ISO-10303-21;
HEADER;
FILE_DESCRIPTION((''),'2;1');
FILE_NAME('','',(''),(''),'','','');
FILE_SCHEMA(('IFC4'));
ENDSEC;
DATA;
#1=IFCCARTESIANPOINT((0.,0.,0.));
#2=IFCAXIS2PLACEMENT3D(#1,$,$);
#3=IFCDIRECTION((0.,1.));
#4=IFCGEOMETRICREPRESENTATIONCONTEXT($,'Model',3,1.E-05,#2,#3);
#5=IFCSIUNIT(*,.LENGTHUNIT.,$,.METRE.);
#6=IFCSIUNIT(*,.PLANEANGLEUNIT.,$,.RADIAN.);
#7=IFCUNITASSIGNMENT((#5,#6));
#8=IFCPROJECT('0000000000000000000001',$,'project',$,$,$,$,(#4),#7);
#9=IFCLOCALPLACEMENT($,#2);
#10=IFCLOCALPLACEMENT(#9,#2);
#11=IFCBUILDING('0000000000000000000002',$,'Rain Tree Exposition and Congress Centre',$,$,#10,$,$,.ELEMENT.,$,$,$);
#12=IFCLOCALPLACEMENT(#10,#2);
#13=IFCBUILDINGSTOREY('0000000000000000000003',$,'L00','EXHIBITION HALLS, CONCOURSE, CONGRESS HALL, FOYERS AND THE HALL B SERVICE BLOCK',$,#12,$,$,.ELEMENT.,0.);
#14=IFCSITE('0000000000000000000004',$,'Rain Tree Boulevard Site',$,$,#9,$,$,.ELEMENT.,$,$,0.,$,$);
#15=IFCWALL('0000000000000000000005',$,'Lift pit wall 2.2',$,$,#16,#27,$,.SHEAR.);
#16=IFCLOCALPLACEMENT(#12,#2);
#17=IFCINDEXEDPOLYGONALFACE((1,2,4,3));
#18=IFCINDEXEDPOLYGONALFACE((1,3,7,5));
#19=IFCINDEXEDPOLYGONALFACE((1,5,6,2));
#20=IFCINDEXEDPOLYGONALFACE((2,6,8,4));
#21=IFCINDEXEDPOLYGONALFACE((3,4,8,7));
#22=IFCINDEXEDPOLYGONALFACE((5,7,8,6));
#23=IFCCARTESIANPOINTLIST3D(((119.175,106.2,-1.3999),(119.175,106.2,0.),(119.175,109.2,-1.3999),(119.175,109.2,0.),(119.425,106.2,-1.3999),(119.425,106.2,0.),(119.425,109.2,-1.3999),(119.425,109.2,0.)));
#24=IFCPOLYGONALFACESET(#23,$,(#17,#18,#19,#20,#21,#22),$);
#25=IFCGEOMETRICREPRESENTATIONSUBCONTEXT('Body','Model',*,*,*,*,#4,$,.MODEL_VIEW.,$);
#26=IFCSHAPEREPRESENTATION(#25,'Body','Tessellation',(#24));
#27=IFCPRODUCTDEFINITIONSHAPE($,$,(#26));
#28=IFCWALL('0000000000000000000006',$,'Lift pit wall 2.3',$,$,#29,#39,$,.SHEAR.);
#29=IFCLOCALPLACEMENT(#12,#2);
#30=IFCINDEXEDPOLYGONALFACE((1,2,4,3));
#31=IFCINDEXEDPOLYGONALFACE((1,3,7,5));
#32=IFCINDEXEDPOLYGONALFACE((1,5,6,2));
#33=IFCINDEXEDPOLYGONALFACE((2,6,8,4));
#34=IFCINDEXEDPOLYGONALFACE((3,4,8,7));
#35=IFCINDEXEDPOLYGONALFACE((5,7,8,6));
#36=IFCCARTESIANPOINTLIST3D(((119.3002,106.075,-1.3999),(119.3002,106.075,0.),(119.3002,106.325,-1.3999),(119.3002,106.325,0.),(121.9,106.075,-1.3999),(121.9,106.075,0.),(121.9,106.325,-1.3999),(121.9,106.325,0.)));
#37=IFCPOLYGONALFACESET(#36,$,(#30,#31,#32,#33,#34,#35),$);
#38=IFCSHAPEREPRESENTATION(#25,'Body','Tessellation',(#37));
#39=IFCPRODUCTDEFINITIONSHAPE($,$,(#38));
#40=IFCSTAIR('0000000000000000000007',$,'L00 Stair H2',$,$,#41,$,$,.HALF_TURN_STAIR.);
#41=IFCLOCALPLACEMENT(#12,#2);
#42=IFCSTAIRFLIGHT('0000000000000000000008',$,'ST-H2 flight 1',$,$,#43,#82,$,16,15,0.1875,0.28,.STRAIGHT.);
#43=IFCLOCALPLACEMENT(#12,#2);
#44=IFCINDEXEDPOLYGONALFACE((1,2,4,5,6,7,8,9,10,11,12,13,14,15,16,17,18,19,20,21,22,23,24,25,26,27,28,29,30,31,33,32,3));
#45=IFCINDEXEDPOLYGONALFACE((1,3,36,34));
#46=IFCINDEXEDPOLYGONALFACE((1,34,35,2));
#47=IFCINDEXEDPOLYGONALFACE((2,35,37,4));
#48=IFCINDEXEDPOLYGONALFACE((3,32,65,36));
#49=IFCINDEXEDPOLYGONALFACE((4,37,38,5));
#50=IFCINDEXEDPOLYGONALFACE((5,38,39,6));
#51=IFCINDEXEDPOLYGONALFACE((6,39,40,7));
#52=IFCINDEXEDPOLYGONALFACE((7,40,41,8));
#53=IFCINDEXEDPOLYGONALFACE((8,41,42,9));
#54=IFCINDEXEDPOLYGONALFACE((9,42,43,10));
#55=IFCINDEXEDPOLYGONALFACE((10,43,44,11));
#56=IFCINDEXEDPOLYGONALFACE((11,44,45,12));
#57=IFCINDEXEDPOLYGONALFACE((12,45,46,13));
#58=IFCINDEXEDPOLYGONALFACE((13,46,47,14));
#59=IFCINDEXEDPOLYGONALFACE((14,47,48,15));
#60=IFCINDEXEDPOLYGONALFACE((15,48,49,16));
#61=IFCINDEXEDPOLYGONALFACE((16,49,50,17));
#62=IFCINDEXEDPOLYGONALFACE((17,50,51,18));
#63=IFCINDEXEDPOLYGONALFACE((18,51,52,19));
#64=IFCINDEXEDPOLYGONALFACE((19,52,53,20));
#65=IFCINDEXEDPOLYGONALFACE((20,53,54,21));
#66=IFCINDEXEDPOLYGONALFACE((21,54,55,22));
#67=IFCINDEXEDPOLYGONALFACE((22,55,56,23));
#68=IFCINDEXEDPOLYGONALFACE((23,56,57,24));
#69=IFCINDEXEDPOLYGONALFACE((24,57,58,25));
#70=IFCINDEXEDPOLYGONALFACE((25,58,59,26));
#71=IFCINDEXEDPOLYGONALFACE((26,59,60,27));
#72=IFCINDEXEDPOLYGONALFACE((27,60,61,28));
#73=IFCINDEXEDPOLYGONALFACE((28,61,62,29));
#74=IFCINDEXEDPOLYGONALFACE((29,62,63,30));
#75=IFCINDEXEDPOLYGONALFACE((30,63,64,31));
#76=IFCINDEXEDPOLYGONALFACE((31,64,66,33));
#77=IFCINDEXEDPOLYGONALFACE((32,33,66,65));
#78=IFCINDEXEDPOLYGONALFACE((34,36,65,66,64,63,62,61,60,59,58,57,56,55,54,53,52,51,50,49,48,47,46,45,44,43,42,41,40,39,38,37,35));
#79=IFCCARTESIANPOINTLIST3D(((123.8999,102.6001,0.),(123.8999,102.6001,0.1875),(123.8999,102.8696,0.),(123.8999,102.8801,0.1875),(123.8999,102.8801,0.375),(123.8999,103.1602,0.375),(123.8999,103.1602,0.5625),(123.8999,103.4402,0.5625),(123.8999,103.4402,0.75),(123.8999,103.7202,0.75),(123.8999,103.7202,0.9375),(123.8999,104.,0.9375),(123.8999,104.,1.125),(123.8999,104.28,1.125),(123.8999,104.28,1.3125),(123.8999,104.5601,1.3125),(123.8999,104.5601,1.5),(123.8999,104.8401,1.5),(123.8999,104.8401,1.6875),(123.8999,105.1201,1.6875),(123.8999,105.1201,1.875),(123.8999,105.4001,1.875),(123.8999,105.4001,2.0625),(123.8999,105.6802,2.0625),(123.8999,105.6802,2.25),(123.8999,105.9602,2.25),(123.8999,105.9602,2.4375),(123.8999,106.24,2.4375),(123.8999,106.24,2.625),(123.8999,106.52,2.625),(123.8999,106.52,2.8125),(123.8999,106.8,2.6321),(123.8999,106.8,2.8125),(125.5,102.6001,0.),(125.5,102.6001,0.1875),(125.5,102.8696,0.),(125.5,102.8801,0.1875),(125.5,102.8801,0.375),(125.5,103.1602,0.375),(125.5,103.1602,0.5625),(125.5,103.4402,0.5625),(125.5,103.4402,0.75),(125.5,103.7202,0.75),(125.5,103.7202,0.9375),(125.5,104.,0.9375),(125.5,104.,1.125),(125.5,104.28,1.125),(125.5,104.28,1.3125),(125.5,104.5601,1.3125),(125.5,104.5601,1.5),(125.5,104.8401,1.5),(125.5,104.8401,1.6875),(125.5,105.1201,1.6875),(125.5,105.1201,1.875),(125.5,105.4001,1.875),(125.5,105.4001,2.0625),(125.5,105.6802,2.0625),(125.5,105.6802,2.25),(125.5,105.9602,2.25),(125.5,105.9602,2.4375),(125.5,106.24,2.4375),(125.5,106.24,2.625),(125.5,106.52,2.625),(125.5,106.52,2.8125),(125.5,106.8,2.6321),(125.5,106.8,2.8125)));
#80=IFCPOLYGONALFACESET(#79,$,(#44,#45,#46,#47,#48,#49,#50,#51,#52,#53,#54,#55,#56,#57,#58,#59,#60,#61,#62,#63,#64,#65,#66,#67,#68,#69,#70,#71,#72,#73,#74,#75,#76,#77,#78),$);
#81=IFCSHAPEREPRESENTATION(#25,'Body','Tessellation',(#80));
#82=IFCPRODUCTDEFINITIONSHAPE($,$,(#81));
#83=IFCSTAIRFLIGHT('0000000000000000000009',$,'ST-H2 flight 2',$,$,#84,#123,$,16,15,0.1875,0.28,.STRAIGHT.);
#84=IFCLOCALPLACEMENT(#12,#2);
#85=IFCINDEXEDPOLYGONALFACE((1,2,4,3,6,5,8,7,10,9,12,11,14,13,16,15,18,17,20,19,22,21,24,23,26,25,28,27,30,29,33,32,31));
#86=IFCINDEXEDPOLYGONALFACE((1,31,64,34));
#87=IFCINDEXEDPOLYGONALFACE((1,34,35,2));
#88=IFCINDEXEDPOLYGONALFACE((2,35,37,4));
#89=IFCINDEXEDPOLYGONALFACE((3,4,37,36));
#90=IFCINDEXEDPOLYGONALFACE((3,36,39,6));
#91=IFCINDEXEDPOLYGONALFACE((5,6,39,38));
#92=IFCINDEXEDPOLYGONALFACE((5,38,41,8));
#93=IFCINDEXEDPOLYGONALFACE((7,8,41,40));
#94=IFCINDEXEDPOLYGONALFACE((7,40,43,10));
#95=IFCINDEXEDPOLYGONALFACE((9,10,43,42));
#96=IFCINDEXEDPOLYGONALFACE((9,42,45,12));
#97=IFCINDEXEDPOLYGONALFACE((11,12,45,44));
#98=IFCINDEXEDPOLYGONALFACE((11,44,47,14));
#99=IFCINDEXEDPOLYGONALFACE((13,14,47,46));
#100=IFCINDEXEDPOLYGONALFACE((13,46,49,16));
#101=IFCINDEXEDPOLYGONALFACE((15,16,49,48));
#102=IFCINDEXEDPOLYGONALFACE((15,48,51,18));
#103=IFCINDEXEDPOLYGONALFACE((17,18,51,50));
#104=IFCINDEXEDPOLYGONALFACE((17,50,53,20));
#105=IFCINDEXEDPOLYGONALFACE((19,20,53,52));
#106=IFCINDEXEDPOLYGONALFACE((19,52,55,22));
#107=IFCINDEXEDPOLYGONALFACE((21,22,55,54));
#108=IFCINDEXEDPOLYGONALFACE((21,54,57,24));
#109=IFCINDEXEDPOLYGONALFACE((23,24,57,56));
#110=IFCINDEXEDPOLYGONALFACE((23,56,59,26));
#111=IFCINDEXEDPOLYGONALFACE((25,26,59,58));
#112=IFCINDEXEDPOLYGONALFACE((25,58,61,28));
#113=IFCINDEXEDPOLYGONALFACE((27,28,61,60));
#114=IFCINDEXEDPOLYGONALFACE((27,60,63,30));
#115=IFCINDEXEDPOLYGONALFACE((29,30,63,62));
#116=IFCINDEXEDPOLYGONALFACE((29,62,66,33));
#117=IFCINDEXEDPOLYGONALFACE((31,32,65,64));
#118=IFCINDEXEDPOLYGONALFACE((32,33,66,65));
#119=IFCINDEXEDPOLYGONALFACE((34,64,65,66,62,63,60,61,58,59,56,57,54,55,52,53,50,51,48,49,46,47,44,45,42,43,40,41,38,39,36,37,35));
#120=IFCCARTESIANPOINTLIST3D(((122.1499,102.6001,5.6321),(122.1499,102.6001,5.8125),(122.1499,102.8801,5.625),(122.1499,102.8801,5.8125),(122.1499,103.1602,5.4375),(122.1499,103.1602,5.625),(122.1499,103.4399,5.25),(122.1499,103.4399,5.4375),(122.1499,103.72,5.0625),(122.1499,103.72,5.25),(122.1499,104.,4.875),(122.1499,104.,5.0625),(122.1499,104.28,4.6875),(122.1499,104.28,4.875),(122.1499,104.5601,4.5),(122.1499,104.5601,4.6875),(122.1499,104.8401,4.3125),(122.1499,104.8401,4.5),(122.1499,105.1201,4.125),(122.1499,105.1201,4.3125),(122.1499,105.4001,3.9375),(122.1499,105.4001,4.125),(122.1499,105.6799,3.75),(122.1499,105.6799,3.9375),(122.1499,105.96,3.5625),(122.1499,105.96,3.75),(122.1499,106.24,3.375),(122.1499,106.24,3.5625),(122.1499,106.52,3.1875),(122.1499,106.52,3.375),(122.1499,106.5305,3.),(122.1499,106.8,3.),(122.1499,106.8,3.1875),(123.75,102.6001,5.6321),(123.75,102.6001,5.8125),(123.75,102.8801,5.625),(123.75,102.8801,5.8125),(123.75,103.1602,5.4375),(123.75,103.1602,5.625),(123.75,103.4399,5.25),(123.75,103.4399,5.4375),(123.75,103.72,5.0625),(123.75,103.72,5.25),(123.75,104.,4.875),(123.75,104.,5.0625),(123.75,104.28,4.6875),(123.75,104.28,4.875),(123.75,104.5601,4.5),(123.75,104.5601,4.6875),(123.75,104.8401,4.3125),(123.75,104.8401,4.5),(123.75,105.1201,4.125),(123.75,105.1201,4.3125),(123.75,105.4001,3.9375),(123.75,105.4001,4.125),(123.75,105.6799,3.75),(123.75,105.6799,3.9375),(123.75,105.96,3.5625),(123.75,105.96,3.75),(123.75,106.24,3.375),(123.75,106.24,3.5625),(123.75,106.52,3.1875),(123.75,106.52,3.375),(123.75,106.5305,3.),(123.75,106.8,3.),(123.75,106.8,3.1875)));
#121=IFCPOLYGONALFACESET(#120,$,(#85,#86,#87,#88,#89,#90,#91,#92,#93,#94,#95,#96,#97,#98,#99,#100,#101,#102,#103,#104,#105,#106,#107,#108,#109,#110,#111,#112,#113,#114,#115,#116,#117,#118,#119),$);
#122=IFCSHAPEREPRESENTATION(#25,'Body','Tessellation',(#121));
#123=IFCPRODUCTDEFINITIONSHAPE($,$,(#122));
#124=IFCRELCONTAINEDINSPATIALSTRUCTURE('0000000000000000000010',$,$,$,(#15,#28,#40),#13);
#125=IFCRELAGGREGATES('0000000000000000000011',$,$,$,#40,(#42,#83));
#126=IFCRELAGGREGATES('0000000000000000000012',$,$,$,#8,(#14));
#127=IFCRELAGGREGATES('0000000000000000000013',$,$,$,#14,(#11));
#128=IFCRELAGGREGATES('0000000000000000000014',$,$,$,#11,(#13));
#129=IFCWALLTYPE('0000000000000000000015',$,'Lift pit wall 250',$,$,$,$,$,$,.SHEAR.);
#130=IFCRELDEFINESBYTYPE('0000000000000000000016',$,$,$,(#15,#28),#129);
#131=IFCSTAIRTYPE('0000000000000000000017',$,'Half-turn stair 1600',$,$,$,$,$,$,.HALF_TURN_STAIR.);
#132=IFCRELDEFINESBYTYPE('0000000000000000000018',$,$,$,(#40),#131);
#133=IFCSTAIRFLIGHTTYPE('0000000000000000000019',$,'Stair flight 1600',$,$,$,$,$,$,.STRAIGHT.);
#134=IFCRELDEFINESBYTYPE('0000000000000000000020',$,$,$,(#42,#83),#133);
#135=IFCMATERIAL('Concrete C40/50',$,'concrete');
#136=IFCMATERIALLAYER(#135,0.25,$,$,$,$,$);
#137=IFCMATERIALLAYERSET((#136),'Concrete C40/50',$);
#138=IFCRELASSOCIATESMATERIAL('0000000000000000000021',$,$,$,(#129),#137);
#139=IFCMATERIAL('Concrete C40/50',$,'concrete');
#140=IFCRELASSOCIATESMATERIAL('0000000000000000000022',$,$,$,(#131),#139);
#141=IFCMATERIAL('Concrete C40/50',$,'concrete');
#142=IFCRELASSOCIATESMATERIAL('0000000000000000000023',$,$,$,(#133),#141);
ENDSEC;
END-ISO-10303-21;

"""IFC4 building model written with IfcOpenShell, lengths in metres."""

from ifc_helpers import new_model, si_unit, direction, frame, frame_2d, origin, place, context, subcontext, project, spatial, polyline, rectangle, outline, extrude, material, layer, layer_set, type_object, element, aggregate, save


model = new_model("IFC4")

# Units and contexts
model_context = context("Model", 3, precision=1e-05, world=origin(), true_north=direction((0.0, 1.0)))
body_context = subcontext(model_context, "Body", "Model", "MODEL_VIEW")
ifc_project = project(units=[si_unit("LENGTHUNIT", "METRE"), si_unit("PLANEANGLEUNIT", "RADIAN")], contexts=[model_context])

# Site, building, storey
site_placement = place(None, origin())
site = spatial("IfcSite", under=ifc_project, at=site_placement, Name="Rain Tree Boulevard Site", CompositionType="ELEMENT", RefElevation=0.0)
building_placement = place(site_placement, origin())
building = spatial("IfcBuilding", under=site, at=building_placement, Name="Rain Tree Exposition and Congress Centre", CompositionType="ELEMENT")
storey_placement = place(building_placement, origin())
storey = spatial("IfcBuildingStorey", under=building, at=storey_placement, Name="L00", Description="EXHIBITION HALLS, CONCOURSE, CONGRESS HALL, FOYERS AND THE HALL B SERVICE BLOCK", CompositionType="ELEMENT", Elevation=0.0)

# Walls
ifc_material_1 = material(Name="Concrete C40/50", Category="concrete")
ifc_layer_1 = layer(ifc_material_1, 0.25)
ifc_layer_set_1 = layer_set([ifc_layer_1], Name="Concrete C40/50")
wall_type_1 = type_object("IfcWallType", Name="Lift pit wall 250", PredefinedType="SHEAR", material=ifc_layer_set_1)
for number, where, z_axis, x_axis, name in (
    (1, (119.3, 106.2, -1.3999), (0.0, 0.0, 1.0), (0.0, 1.0, 0.0), "Lift pit wall 2.2"),
):
    element("IfcWall", number, at=place(storey_placement, frame(where, z_axis=z_axis, x_axis=x_axis)), inside=storey, type_object=wall_type_1, Name=name, PredefinedType="SHEAR", context=body_context, shape_type="SweptSolid", body=[
        extrude(rectangle(XDim=3.0, YDim=0.25, at=frame_2d((1.5, 0.0))), origin(), (0.0, 0.0, 1.0), 1.3999),
    ])
wall_1_placement = place(storey_placement, frame((121.8999, 106.2, -1.3999), z_axis=(0.0, 0.0, 1.0), x_axis=(-1.0, 0.0, 0.0)))
element("IfcWall", 2, at=wall_1_placement, inside=storey, type_object=wall_type_1, Name="Lift pit wall 2.3", PredefinedType="SHEAR", context=body_context, shape_type="SweptSolid", body=[
    extrude(rectangle(XDim=2.5999, YDim=0.25, at=frame_2d((1.2998, 0.0))), origin(), (0.0, 0.0, 1.0), 1.3999),
])

# Stair, stair flights
ifc_material_2 = material(Name="Concrete C40/50", Category="concrete")
stair_type = type_object("IfcStairType", Name="Half-turn stair 1600", PredefinedType="HALF_TURN_STAIR", material=ifc_material_2)
stair_placement = place(storey_placement, origin())
stair = element("IfcStair", 3, at=stair_placement, inside=storey, type_object=stair_type, Name="L00 Stair H2", PredefinedType="HALF_TURN_STAIR")
ifc_material_3 = material(Name="Concrete C40/50", Category="concrete")
stair_flight_type = type_object("IfcStairFlightType", Name="Stair flight 1600", PredefinedType="STRAIGHT", material=ifc_material_3)
stair_flight_1_placement = place(storey_placement, frame((124.7, 102.6001, 0.0), z_axis=(0.0, 0.0, 1.0), x_axis=(0.0, 1.0, 0.0)))
stair_flight_1 = element("IfcStairFlight", 4, at=stair_flight_1_placement, type_object=stair_flight_type, Name="ST-H2 flight 1", NumberOfRisers=16, NumberOfTreads=15, PredefinedType="STRAIGHT", RiserHeight=0.1875, TreadLength=0.28, context=body_context, shape_type="SweptSolid", body=[
    extrude(outline(polyline([(0.0, 0.0), (0.0, 0.1875), (0.28, 0.1875), (0.28, 0.375), (0.5601, 0.375), (0.5601, 0.5625), (0.8401, 0.5625), (0.8401, 0.75), (1.1201, 0.75), (1.1201, 0.9375), (1.3999, 0.9375), (1.3999, 1.125), (1.6799, 1.125), (1.6799, 1.3125), (1.96, 1.3125), (1.96, 1.5), (2.24, 1.5), (2.24, 1.6875), (2.52, 1.6875), (2.52, 1.875), (2.8, 1.875), (2.8, 2.0625), (3.0801, 2.0625), (3.0801, 2.25), (3.3601, 2.25), (3.3601, 2.4375), (3.6399, 2.4375), (3.6399, 2.625), (3.9199, 2.625), (3.9199, 2.8125), (4.2, 2.8125), (4.2, 3.0), (4.2, 2.6321), (0.2695, 0.0), (0.0, 0.0)])), frame((0.0, 0.8, 0.0), z_axis=(0.0, -1.0, 0.0), x_axis=(1.0, 0.0, 0.0)), (0.0, 0.0, 1.0), 1.6001),
])
stair_flight_2_placement = place(storey_placement, frame((122.95, 106.8, 3.0), z_axis=(0.0, 0.0, 1.0), x_axis=(0.0, -1.0, 0.0)))
stair_flight_2 = element("IfcStairFlight", 5, at=stair_flight_2_placement, type_object=stair_flight_type, Name="ST-H2 flight 2", NumberOfRisers=16, NumberOfTreads=15, PredefinedType="STRAIGHT", RiserHeight=0.1875, TreadLength=0.28, context=body_context, shape_type="SweptSolid", body=[
    extrude(outline(polyline([(0.0, 0.0), (0.0, 0.1875), (0.28, 0.1875), (0.28, 0.375), (0.5601, 0.375), (0.5601, 0.5625), (0.8401, 0.5625), (0.8401, 0.75), (1.1201, 0.75), (1.1201, 0.9375), (1.3999, 0.9375), (1.3999, 1.125), (1.6799, 1.125), (1.6799, 1.3125), (1.96, 1.3125), (1.96, 1.5), (2.24, 1.5), (2.24, 1.6875), (2.52, 1.6875), (2.52, 1.875), (2.8, 1.875), (2.8, 2.0625), (3.0801, 2.0625), (3.0801, 2.25), (3.3601, 2.25), (3.3601, 2.4375), (3.6399, 2.4375), (3.6399, 2.625), (3.9199, 2.625), (3.9199, 2.8125), (4.2, 2.8125), (4.2, 3.0), (4.2, 2.6321), (0.2695, 0.0), (0.0, 0.0)])), frame((0.0, 0.8, 0.0), z_axis=(0.0, -1.0, 0.0), x_axis=(1.0, 0.0, 0.0)), (0.0, 0.0, 1.0), 1.6001),
])
aggregate(stair, [stair_flight_1, stair_flight_2])

save(model, "model.ifc")
